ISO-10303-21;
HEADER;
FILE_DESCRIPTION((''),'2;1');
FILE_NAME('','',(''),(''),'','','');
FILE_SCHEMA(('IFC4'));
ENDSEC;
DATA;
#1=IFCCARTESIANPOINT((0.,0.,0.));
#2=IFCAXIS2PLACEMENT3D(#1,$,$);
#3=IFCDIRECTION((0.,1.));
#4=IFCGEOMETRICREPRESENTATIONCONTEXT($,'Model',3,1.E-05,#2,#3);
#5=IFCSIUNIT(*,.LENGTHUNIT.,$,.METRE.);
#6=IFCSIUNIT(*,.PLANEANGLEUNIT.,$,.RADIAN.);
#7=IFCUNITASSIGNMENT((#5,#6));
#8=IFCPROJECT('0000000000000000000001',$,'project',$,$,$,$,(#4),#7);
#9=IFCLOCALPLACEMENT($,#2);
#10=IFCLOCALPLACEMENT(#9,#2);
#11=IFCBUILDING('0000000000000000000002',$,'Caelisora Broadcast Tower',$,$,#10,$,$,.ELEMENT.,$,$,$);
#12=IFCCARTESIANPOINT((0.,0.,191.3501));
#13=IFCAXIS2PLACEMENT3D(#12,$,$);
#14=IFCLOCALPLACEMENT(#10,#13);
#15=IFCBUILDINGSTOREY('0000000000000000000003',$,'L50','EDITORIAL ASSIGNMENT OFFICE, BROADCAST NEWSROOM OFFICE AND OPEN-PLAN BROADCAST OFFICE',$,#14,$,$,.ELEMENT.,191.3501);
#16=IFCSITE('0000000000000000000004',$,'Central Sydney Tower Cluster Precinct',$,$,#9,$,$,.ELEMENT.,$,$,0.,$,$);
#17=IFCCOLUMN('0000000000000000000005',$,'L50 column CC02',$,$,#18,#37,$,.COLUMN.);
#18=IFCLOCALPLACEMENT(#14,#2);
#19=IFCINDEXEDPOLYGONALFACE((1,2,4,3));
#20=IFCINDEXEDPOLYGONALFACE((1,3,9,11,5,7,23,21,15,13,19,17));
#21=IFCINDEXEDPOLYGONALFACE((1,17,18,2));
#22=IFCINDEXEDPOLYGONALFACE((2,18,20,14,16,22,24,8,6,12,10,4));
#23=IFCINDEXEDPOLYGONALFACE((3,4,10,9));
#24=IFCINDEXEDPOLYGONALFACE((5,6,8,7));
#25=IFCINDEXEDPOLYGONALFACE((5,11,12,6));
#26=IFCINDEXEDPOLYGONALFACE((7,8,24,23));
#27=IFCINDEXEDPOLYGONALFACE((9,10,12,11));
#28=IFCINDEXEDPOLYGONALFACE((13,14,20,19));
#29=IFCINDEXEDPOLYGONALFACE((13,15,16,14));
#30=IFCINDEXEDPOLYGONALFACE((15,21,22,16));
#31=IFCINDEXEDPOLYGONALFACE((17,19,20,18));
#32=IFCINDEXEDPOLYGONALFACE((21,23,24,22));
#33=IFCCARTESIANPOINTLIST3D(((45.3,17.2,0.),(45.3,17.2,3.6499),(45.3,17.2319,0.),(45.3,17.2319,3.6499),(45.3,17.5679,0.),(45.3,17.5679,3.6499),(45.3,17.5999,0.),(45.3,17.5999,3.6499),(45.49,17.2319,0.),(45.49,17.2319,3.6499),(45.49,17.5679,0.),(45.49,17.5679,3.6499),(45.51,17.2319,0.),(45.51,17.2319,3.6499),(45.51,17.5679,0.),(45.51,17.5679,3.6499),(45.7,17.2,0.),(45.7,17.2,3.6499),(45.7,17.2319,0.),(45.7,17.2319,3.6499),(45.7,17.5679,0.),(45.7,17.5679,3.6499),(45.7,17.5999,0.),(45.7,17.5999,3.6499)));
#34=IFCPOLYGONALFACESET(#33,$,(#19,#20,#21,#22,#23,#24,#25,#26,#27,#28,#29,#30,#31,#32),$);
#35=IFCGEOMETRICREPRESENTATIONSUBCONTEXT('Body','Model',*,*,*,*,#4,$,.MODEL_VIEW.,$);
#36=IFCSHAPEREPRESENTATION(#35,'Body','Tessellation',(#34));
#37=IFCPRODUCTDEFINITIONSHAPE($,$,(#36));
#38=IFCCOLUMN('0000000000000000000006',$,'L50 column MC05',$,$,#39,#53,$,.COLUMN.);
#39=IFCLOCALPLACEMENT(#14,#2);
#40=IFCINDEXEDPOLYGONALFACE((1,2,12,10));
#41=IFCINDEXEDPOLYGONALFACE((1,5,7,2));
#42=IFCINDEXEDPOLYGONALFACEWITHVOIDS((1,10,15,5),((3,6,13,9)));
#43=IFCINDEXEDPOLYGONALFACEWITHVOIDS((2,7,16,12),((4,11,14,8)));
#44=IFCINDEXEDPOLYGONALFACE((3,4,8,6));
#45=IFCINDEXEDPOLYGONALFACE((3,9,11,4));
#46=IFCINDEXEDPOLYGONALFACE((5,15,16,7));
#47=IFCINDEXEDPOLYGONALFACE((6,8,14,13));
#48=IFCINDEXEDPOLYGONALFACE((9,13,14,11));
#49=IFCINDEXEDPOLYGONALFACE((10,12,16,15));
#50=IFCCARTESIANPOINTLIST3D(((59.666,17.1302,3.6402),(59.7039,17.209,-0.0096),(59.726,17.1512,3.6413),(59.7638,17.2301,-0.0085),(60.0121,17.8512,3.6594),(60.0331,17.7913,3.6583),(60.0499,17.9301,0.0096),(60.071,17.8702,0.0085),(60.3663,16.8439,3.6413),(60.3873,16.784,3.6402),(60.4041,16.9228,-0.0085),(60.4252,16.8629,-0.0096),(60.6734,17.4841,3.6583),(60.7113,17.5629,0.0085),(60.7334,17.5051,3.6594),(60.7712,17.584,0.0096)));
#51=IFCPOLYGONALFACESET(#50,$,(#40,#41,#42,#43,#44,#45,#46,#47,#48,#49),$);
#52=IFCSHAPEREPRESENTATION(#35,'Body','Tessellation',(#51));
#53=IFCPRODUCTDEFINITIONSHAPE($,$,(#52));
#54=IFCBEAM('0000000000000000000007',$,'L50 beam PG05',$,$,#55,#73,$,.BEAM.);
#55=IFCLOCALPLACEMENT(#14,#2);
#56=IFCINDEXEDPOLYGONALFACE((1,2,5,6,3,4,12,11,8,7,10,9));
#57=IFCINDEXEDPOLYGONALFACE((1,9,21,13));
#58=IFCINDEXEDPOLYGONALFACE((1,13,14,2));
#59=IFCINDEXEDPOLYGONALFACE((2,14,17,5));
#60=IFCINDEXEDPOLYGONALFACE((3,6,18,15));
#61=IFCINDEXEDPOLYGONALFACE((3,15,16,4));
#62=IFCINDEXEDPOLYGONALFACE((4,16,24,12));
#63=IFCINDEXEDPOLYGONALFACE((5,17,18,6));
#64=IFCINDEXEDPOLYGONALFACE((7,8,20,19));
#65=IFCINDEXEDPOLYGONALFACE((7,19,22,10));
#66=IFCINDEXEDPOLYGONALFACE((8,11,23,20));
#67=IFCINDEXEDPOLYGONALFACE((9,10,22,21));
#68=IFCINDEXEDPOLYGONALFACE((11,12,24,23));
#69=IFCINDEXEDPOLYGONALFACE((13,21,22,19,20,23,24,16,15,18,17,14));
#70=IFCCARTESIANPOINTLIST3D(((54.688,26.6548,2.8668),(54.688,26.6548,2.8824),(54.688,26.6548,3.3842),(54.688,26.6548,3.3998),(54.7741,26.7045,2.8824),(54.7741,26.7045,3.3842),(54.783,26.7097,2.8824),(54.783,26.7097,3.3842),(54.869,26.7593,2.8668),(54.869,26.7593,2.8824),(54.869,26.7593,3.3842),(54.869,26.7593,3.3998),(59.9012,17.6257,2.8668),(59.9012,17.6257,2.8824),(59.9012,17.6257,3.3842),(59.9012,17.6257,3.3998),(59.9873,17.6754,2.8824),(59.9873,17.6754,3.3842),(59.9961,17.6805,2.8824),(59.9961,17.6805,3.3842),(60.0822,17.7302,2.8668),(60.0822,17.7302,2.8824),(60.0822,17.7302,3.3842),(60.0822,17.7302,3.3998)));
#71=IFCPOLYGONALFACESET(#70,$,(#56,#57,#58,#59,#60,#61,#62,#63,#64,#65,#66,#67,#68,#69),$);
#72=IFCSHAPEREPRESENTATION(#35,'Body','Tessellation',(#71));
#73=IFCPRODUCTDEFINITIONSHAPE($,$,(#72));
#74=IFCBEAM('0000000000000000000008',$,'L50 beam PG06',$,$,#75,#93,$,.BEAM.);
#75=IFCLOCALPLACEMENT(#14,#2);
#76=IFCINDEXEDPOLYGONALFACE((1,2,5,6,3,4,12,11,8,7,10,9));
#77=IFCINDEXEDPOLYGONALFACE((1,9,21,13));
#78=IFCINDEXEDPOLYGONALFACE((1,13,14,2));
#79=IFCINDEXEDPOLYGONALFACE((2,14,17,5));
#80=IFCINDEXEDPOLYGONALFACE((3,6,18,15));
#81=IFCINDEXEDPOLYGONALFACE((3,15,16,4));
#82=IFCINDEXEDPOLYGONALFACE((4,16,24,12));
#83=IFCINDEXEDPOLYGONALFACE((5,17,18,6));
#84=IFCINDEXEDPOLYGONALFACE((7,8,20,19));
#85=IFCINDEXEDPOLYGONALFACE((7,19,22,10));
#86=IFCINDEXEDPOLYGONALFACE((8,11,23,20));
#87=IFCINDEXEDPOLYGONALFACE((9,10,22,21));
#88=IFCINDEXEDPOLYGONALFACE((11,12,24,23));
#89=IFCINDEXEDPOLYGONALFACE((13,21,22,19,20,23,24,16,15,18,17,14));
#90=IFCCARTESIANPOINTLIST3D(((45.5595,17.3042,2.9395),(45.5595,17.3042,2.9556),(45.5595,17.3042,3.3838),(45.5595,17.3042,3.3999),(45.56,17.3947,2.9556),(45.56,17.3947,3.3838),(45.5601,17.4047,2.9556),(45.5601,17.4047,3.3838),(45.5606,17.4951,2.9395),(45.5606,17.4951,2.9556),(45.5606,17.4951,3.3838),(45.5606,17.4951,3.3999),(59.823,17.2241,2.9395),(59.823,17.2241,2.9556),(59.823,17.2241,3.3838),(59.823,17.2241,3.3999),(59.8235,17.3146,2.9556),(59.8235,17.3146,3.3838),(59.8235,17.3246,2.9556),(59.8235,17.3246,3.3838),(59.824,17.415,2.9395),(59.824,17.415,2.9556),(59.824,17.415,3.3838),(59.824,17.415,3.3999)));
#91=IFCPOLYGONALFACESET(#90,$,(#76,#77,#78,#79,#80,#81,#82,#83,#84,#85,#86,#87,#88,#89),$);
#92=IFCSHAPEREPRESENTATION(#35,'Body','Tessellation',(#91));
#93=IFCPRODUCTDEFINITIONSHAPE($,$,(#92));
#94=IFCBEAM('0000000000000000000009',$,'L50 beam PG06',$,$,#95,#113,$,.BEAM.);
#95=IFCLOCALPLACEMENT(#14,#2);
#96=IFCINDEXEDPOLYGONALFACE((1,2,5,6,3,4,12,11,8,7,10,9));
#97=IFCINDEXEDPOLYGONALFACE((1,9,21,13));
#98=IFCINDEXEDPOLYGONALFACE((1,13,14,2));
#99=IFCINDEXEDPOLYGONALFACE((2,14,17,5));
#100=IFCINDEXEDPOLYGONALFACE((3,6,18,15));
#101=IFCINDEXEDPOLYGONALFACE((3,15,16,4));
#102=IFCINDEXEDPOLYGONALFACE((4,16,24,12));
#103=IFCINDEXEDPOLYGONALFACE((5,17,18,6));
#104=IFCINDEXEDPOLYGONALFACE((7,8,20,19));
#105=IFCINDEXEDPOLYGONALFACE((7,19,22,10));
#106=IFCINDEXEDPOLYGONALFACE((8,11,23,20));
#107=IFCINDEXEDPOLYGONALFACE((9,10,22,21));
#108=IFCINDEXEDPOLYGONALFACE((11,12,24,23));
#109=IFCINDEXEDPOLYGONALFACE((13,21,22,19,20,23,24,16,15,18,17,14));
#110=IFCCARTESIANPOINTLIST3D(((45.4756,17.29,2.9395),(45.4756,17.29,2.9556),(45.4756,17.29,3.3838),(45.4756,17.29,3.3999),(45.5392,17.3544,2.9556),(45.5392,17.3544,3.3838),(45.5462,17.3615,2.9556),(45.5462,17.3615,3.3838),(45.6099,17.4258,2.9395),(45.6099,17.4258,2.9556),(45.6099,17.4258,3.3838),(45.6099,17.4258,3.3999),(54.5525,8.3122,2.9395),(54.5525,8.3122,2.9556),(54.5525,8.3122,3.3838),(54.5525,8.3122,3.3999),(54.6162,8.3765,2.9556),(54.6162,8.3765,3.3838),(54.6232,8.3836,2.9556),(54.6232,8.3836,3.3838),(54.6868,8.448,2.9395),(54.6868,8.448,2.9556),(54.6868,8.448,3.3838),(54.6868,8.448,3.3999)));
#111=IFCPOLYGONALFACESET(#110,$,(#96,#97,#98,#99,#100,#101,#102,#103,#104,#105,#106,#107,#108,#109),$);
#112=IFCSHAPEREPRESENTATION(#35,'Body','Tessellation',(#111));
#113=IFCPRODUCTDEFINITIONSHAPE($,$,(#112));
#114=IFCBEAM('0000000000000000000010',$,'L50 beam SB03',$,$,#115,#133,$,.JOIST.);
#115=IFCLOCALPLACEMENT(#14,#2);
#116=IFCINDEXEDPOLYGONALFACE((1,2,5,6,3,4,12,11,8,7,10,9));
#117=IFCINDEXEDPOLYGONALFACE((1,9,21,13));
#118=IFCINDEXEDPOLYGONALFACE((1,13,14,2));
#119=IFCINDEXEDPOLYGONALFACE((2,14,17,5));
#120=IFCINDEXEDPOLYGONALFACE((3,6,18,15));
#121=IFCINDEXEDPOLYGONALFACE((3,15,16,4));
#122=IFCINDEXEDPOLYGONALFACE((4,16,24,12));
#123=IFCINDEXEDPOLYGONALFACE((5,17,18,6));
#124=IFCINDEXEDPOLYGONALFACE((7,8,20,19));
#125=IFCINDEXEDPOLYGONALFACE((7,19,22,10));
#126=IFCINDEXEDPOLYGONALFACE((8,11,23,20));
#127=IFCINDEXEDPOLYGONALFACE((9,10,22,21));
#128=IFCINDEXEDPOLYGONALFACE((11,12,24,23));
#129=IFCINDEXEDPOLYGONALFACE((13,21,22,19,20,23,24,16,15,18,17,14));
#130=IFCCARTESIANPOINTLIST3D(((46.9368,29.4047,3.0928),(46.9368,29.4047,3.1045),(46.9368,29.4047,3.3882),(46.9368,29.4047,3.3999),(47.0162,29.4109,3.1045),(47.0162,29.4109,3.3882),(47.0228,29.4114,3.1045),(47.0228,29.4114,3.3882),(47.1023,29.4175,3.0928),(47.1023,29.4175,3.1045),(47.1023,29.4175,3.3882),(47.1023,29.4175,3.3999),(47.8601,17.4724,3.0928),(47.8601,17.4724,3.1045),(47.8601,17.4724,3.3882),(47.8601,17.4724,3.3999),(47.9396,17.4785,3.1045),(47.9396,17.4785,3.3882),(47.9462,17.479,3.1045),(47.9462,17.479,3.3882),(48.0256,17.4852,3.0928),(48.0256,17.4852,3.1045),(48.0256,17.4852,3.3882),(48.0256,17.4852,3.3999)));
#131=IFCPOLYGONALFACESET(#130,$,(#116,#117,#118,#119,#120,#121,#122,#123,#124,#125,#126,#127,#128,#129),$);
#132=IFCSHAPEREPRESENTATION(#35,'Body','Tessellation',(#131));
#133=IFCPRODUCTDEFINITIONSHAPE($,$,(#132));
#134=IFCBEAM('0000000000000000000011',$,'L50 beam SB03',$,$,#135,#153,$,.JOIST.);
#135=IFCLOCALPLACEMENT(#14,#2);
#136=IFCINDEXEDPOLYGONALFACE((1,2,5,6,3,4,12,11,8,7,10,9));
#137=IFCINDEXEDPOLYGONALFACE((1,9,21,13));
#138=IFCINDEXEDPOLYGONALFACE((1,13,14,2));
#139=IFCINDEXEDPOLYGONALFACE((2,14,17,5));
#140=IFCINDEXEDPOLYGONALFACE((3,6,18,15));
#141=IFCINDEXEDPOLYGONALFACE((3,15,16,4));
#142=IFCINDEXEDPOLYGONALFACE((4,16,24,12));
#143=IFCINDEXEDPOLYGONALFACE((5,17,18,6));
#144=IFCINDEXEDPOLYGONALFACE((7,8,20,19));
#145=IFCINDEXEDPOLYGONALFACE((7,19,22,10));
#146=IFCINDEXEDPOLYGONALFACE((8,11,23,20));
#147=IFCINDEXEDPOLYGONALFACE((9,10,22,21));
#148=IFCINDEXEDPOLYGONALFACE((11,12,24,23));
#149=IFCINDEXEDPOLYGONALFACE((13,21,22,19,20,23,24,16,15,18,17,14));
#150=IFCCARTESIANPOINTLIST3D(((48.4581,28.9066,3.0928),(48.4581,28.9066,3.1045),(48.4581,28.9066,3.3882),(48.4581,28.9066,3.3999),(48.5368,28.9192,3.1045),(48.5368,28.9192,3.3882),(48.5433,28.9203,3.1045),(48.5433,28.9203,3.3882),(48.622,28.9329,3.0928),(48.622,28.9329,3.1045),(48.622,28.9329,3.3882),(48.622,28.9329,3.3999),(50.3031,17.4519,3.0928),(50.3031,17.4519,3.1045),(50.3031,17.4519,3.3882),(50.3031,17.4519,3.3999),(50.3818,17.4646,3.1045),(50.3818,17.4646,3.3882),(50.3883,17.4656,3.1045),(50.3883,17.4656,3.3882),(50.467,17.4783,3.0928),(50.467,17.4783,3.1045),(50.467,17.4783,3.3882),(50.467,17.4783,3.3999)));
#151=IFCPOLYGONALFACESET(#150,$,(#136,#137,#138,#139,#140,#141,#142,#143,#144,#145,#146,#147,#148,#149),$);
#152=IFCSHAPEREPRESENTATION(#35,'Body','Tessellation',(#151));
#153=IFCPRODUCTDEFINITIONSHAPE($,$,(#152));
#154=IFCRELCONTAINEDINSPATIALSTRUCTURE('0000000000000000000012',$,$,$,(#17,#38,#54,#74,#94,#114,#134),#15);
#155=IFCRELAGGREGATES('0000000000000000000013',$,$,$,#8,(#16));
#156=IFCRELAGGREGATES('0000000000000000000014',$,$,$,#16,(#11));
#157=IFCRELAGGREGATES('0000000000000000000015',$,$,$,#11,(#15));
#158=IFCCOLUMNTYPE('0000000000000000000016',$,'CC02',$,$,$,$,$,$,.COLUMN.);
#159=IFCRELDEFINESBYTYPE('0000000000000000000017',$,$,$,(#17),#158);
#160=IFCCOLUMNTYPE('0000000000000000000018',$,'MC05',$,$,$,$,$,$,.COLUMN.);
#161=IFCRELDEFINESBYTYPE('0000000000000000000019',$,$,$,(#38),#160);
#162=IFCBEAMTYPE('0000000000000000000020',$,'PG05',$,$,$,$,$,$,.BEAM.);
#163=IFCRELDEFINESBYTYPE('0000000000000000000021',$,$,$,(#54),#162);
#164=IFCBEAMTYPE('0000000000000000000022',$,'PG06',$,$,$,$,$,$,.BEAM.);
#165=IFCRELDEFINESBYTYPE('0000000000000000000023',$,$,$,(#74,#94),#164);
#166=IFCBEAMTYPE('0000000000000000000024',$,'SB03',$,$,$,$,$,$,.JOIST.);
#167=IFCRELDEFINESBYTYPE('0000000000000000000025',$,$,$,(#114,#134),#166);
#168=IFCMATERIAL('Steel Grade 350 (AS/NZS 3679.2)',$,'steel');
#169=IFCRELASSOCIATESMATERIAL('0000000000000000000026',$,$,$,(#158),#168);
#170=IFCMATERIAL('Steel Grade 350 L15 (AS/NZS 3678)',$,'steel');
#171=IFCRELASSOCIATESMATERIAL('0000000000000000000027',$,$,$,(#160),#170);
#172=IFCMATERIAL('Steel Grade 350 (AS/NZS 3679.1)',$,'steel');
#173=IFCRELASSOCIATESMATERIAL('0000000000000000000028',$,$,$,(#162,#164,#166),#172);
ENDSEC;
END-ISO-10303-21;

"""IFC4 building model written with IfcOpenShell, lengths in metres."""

from ifc_helpers import new_model, si_unit, direction, frame, origin, origin_2d, place, context, subcontext, project, spatial, hollow_rectangle, i_section, extrude, source, transform, mapped, material, material_profile, profile_set, type_object, type_shapes, element, save


model = new_model("IFC4")

# Units and contexts
model_context = context("Model", 3, precision=1e-05, world=origin(), true_north=direction((0.0, 1.0)))
body_context = subcontext(model_context, "Body", "Model", "MODEL_VIEW")
ifc_project = project(units=[si_unit("LENGTHUNIT", "METRE"), si_unit("PLANEANGLEUNIT", "RADIAN")], contexts=[model_context])

# Site, building, storey
site_placement = place(None, origin())
site = spatial("IfcSite", under=ifc_project, at=site_placement, Name="Central Sydney Tower Cluster Precinct", CompositionType="ELEMENT", RefElevation=0.0)
building_placement = place(site_placement, origin())
building = spatial("IfcBuilding", under=site, at=building_placement, Name="Caelisora Broadcast Tower", CompositionType="ELEMENT")
storey_placement = place(building_placement, frame((0.0, 0.0, 191.3501)))
storey = spatial("IfcBuildingStorey", under=building, at=storey_placement, Name="L50", Description="EDITORIAL ASSIGNMENT OFFICE, BROADCAST NEWSROOM OFFICE AND OPEN-PLAN BROADCAST OFFICE", CompositionType="ELEMENT", Elevation=191.3501)

# Columns
ifc_material_1 = material(Name="Steel Grade 350 (AS/NZS 3679.2)", Category="steel")
ifc_material_profile_1 = material_profile(ifc_material_1, i_section(OverallWidth=0.3999, OverallDepth=0.3999, WebThickness=0.02, FlangeThickness=0.032, at=origin_2d()), Name="Steel Grade 350 (AS/NZS 3679.2)")
ifc_profile_set_1 = profile_set([ifc_material_profile_1], Name="Steel Grade 350 (AS/NZS 3679.2)")
column_type_1 = type_object("IfcColumnType", Name="CC02", PredefinedType="COLUMN", material=ifc_profile_set_1)
shared_shape_1 = source(origin(), body_context, "Body", "SweptSolid", [
    extrude(i_section(OverallWidth=0.3999, OverallDepth=0.3999, WebThickness=0.02, FlangeThickness=0.032, at=origin_2d()), origin(), (0.0, 0.0, 1.0), 3.6499),
])
type_shapes(column_type_1, [shared_shape_1])
column_1_placement = place(storey_placement, frame((45.5, 17.3999, 0.0), z_axis=(0.0, 0.0, 1.0), x_axis=(1.0, 0.0, 0.0)))
element("IfcColumn", 1, at=column_1_placement, inside=storey, type_object=column_type_1, Name="L50 column CC02", PredefinedType="COLUMN", context=body_context, shape_type="MappedRepresentation", body=[
    mapped(shared_shape_1, transform((0.0, 0.0, 0.0), scale=1.0)),
])
ifc_material_2 = material(Name="Steel Grade 350 L15 (AS/NZS 3678)", Category="steel")
ifc_material_profile_2 = material_profile(ifc_material_2, hollow_rectangle(XDim=0.8, YDim=0.8, WallThickness=0.0449, at=origin_2d()), Name="Steel Grade 350 L15 (AS/NZS 3678)")
ifc_profile_set_2 = profile_set([ifc_material_profile_2], Name="Steel Grade 350 L15 (AS/NZS 3678)")
column_type_2 = type_object("IfcColumnType", Name="MC05", PredefinedType="COLUMN", material=ifc_profile_set_2)
shared_shape_2 = source(origin(), body_context, "Body", "SweptSolid", [
    extrude(hollow_rectangle(XDim=0.8, YDim=0.8, WallThickness=0.0449, at=origin_2d()), origin(), (0.0, 0.0, 1.0), 3.6509),
])
type_shapes(column_type_2, [shared_shape_2])
column_2_placement = place(storey_placement, frame((60.2375, 17.3965, 0.0), z_axis=(-0.010365, -0.021599, 0.999713), x_axis=(0.901567, -0.43264, 0.0)))
element("IfcColumn", 2, at=column_2_placement, inside=storey, type_object=column_type_2, Name="L50 column MC05", PredefinedType="COLUMN", context=body_context, shape_type="MappedRepresentation", body=[
    mapped(shared_shape_2, transform((0.0, 0.0, 0.0), scale=1.0)),
])

# Beams
ifc_material_3 = material(Name="Steel Grade 350 (AS/NZS 3679.1)", Category="steel")
ifc_material_profile_3 = material_profile(ifc_material_3, i_section(OverallWidth=0.209, OverallDepth=0.533, WebThickness=0.0103, FlangeThickness=0.0156, at=origin_2d()), Name="Steel Grade 350 (AS/NZS 3679.1)")
ifc_profile_set_3 = profile_set([ifc_material_profile_3], Name="Steel Grade 350 (AS/NZS 3679.1)")
beam_type_1 = type_object("IfcBeamType", Name="PG05", PredefinedType="BEAM", material=ifc_profile_set_3)
shared_shape_3 = source(origin(), body_context, "Body", "SweptSolid", [
    extrude(i_section(OverallWidth=0.209, OverallDepth=0.533, WebThickness=0.0103, FlangeThickness=0.0156, at=origin_2d()), origin(), (0.0, 0.0, 1.0), 10.426),
])
type_shapes(beam_type_1, [shared_shape_3])
beam_1_placement = place(storey_placement, frame((59.9917, 17.678, 3.1333), z_axis=(-0.500015, 0.866017, 0.0), x_axis=(-0.866017, -0.500015, 0.0)))
element("IfcBeam", 3, at=beam_1_placement, inside=storey, type_object=beam_type_1, Name="L50 beam PG05", PredefinedType="BEAM", context=body_context, shape_type="MappedRepresentation", body=[
    mapped(shared_shape_3, transform((0.0, 0.0, 0.0), scale=1.0)),
])
ifc_material_profile_4 = material_profile(ifc_material_3, i_section(OverallWidth=0.1909, OverallDepth=0.4604, WebThickness=0.01, FlangeThickness=0.0161, at=origin_2d()), Name="Steel Grade 350 (AS/NZS 3679.1)")
ifc_profile_set_4 = profile_set([ifc_material_profile_4], Name="Steel Grade 350 (AS/NZS 3679.1)")
beam_type_2 = type_object("IfcBeamType", Name="PG06", PredefinedType="BEAM", material=ifc_profile_set_4)
shared_shape_4 = source(origin(), body_context, "Body", "SweptSolid", [
    extrude(i_section(OverallWidth=0.1909, OverallDepth=0.4604, WebThickness=0.01, FlangeThickness=0.0161, at=origin_2d()), origin(), (0.0, 0.0, 1.0), 14.2637),
])
beam_2_placement = place(storey_placement, frame((45.5601, 17.3997, 3.1697), z_axis=(0.999984, -0.005614, 0.0), x_axis=(0.005614, 0.999984, 0.0)))
element("IfcBeam", 4, at=beam_2_placement, inside=storey, type_object=beam_type_2, Name="L50 beam PG06", PredefinedType="BEAM", context=body_context, shape_type="MappedRepresentation", body=[
    mapped(shared_shape_4, transform((0.0, 0.0, 0.0), scale=1.0)),
])
shared_shape_5 = source(origin(), body_context, "Body", "SweptSolid", [
    extrude(i_section(OverallWidth=0.1909, OverallDepth=0.4604, WebThickness=0.01, FlangeThickness=0.0161, at=origin_2d()), origin(), (0.0, 0.0, 1.0), 12.7668),
])
type_shapes(beam_type_2, [shared_shape_4, shared_shape_5])
beam_3_placement = place(storey_placement, frame((45.5427, 17.3579, 3.1697), z_axis=(0.710978, -0.703214, 0.0), x_axis=(0.703214, 0.710978, 0.0)))
element("IfcBeam", 5, at=beam_3_placement, inside=storey, type_object=beam_type_2, Name="L50 beam PG06", PredefinedType="BEAM", context=body_context, shape_type="MappedRepresentation", body=[
    mapped(shared_shape_5, transform((0.0, 0.0, 0.0), scale=1.0)),
])
ifc_material_profile_5 = material_profile(ifc_material_3, i_section(OverallWidth=0.166, OverallDepth=0.3071, WebThickness=0.0066, FlangeThickness=0.0117, at=origin_2d()), Name="Steel Grade 350 (AS/NZS 3679.1)")
ifc_profile_set_5 = profile_set([ifc_material_profile_5], Name="Steel Grade 350 (AS/NZS 3679.1)")
beam_type_3 = type_object("IfcBeamType", Name="SB03", PredefinedType="JOIST", material=ifc_profile_set_5)
shared_shape_6 = source(origin(), body_context, "Body", "SweptSolid", [
    extrude(i_section(OverallWidth=0.166, OverallDepth=0.3071, WebThickness=0.0066, FlangeThickness=0.0117, at=origin_2d()), origin(), (0.0, 0.0, 1.0), 11.968),
])
beam_4_placement = place(storey_placement, frame((47.9429, 17.4788, 3.2463), z_axis=(-0.07715, 0.997019, 0.0), x_axis=(-0.997019, -0.07715, 0.0)))
element("IfcBeam", 6, at=beam_4_placement, inside=storey, type_object=beam_type_3, Name="L50 beam SB03", PredefinedType="JOIST", context=body_context, shape_type="MappedRepresentation", body=[
    mapped(shared_shape_6, transform((0.0, 0.0, 0.0), scale=1.0)),
])
shared_shape_7 = source(origin(), body_context, "Body", "SweptSolid", [
    extrude(i_section(OverallWidth=0.166, OverallDepth=0.3071, WebThickness=0.0066, FlangeThickness=0.0117, at=origin_2d()), origin(), (0.0, 0.0, 1.0), 11.6023),
])
beam_5_placement = place(storey_placement, frame((50.385, 17.4651, 3.2463), z_axis=(-0.159019, 0.987276, 0.0), x_axis=(-0.987276, -0.159019, 0.0)))
element("IfcBeam", 7, at=beam_5_placement, inside=storey, type_object=beam_type_3, Name="L50 beam SB03", PredefinedType="JOIST", context=body_context, shape_type="MappedRepresentation", body=[
    mapped(shared_shape_7, transform((0.0, 0.0, 0.0), scale=1.0)),
])

save(model, "model.ifc")
